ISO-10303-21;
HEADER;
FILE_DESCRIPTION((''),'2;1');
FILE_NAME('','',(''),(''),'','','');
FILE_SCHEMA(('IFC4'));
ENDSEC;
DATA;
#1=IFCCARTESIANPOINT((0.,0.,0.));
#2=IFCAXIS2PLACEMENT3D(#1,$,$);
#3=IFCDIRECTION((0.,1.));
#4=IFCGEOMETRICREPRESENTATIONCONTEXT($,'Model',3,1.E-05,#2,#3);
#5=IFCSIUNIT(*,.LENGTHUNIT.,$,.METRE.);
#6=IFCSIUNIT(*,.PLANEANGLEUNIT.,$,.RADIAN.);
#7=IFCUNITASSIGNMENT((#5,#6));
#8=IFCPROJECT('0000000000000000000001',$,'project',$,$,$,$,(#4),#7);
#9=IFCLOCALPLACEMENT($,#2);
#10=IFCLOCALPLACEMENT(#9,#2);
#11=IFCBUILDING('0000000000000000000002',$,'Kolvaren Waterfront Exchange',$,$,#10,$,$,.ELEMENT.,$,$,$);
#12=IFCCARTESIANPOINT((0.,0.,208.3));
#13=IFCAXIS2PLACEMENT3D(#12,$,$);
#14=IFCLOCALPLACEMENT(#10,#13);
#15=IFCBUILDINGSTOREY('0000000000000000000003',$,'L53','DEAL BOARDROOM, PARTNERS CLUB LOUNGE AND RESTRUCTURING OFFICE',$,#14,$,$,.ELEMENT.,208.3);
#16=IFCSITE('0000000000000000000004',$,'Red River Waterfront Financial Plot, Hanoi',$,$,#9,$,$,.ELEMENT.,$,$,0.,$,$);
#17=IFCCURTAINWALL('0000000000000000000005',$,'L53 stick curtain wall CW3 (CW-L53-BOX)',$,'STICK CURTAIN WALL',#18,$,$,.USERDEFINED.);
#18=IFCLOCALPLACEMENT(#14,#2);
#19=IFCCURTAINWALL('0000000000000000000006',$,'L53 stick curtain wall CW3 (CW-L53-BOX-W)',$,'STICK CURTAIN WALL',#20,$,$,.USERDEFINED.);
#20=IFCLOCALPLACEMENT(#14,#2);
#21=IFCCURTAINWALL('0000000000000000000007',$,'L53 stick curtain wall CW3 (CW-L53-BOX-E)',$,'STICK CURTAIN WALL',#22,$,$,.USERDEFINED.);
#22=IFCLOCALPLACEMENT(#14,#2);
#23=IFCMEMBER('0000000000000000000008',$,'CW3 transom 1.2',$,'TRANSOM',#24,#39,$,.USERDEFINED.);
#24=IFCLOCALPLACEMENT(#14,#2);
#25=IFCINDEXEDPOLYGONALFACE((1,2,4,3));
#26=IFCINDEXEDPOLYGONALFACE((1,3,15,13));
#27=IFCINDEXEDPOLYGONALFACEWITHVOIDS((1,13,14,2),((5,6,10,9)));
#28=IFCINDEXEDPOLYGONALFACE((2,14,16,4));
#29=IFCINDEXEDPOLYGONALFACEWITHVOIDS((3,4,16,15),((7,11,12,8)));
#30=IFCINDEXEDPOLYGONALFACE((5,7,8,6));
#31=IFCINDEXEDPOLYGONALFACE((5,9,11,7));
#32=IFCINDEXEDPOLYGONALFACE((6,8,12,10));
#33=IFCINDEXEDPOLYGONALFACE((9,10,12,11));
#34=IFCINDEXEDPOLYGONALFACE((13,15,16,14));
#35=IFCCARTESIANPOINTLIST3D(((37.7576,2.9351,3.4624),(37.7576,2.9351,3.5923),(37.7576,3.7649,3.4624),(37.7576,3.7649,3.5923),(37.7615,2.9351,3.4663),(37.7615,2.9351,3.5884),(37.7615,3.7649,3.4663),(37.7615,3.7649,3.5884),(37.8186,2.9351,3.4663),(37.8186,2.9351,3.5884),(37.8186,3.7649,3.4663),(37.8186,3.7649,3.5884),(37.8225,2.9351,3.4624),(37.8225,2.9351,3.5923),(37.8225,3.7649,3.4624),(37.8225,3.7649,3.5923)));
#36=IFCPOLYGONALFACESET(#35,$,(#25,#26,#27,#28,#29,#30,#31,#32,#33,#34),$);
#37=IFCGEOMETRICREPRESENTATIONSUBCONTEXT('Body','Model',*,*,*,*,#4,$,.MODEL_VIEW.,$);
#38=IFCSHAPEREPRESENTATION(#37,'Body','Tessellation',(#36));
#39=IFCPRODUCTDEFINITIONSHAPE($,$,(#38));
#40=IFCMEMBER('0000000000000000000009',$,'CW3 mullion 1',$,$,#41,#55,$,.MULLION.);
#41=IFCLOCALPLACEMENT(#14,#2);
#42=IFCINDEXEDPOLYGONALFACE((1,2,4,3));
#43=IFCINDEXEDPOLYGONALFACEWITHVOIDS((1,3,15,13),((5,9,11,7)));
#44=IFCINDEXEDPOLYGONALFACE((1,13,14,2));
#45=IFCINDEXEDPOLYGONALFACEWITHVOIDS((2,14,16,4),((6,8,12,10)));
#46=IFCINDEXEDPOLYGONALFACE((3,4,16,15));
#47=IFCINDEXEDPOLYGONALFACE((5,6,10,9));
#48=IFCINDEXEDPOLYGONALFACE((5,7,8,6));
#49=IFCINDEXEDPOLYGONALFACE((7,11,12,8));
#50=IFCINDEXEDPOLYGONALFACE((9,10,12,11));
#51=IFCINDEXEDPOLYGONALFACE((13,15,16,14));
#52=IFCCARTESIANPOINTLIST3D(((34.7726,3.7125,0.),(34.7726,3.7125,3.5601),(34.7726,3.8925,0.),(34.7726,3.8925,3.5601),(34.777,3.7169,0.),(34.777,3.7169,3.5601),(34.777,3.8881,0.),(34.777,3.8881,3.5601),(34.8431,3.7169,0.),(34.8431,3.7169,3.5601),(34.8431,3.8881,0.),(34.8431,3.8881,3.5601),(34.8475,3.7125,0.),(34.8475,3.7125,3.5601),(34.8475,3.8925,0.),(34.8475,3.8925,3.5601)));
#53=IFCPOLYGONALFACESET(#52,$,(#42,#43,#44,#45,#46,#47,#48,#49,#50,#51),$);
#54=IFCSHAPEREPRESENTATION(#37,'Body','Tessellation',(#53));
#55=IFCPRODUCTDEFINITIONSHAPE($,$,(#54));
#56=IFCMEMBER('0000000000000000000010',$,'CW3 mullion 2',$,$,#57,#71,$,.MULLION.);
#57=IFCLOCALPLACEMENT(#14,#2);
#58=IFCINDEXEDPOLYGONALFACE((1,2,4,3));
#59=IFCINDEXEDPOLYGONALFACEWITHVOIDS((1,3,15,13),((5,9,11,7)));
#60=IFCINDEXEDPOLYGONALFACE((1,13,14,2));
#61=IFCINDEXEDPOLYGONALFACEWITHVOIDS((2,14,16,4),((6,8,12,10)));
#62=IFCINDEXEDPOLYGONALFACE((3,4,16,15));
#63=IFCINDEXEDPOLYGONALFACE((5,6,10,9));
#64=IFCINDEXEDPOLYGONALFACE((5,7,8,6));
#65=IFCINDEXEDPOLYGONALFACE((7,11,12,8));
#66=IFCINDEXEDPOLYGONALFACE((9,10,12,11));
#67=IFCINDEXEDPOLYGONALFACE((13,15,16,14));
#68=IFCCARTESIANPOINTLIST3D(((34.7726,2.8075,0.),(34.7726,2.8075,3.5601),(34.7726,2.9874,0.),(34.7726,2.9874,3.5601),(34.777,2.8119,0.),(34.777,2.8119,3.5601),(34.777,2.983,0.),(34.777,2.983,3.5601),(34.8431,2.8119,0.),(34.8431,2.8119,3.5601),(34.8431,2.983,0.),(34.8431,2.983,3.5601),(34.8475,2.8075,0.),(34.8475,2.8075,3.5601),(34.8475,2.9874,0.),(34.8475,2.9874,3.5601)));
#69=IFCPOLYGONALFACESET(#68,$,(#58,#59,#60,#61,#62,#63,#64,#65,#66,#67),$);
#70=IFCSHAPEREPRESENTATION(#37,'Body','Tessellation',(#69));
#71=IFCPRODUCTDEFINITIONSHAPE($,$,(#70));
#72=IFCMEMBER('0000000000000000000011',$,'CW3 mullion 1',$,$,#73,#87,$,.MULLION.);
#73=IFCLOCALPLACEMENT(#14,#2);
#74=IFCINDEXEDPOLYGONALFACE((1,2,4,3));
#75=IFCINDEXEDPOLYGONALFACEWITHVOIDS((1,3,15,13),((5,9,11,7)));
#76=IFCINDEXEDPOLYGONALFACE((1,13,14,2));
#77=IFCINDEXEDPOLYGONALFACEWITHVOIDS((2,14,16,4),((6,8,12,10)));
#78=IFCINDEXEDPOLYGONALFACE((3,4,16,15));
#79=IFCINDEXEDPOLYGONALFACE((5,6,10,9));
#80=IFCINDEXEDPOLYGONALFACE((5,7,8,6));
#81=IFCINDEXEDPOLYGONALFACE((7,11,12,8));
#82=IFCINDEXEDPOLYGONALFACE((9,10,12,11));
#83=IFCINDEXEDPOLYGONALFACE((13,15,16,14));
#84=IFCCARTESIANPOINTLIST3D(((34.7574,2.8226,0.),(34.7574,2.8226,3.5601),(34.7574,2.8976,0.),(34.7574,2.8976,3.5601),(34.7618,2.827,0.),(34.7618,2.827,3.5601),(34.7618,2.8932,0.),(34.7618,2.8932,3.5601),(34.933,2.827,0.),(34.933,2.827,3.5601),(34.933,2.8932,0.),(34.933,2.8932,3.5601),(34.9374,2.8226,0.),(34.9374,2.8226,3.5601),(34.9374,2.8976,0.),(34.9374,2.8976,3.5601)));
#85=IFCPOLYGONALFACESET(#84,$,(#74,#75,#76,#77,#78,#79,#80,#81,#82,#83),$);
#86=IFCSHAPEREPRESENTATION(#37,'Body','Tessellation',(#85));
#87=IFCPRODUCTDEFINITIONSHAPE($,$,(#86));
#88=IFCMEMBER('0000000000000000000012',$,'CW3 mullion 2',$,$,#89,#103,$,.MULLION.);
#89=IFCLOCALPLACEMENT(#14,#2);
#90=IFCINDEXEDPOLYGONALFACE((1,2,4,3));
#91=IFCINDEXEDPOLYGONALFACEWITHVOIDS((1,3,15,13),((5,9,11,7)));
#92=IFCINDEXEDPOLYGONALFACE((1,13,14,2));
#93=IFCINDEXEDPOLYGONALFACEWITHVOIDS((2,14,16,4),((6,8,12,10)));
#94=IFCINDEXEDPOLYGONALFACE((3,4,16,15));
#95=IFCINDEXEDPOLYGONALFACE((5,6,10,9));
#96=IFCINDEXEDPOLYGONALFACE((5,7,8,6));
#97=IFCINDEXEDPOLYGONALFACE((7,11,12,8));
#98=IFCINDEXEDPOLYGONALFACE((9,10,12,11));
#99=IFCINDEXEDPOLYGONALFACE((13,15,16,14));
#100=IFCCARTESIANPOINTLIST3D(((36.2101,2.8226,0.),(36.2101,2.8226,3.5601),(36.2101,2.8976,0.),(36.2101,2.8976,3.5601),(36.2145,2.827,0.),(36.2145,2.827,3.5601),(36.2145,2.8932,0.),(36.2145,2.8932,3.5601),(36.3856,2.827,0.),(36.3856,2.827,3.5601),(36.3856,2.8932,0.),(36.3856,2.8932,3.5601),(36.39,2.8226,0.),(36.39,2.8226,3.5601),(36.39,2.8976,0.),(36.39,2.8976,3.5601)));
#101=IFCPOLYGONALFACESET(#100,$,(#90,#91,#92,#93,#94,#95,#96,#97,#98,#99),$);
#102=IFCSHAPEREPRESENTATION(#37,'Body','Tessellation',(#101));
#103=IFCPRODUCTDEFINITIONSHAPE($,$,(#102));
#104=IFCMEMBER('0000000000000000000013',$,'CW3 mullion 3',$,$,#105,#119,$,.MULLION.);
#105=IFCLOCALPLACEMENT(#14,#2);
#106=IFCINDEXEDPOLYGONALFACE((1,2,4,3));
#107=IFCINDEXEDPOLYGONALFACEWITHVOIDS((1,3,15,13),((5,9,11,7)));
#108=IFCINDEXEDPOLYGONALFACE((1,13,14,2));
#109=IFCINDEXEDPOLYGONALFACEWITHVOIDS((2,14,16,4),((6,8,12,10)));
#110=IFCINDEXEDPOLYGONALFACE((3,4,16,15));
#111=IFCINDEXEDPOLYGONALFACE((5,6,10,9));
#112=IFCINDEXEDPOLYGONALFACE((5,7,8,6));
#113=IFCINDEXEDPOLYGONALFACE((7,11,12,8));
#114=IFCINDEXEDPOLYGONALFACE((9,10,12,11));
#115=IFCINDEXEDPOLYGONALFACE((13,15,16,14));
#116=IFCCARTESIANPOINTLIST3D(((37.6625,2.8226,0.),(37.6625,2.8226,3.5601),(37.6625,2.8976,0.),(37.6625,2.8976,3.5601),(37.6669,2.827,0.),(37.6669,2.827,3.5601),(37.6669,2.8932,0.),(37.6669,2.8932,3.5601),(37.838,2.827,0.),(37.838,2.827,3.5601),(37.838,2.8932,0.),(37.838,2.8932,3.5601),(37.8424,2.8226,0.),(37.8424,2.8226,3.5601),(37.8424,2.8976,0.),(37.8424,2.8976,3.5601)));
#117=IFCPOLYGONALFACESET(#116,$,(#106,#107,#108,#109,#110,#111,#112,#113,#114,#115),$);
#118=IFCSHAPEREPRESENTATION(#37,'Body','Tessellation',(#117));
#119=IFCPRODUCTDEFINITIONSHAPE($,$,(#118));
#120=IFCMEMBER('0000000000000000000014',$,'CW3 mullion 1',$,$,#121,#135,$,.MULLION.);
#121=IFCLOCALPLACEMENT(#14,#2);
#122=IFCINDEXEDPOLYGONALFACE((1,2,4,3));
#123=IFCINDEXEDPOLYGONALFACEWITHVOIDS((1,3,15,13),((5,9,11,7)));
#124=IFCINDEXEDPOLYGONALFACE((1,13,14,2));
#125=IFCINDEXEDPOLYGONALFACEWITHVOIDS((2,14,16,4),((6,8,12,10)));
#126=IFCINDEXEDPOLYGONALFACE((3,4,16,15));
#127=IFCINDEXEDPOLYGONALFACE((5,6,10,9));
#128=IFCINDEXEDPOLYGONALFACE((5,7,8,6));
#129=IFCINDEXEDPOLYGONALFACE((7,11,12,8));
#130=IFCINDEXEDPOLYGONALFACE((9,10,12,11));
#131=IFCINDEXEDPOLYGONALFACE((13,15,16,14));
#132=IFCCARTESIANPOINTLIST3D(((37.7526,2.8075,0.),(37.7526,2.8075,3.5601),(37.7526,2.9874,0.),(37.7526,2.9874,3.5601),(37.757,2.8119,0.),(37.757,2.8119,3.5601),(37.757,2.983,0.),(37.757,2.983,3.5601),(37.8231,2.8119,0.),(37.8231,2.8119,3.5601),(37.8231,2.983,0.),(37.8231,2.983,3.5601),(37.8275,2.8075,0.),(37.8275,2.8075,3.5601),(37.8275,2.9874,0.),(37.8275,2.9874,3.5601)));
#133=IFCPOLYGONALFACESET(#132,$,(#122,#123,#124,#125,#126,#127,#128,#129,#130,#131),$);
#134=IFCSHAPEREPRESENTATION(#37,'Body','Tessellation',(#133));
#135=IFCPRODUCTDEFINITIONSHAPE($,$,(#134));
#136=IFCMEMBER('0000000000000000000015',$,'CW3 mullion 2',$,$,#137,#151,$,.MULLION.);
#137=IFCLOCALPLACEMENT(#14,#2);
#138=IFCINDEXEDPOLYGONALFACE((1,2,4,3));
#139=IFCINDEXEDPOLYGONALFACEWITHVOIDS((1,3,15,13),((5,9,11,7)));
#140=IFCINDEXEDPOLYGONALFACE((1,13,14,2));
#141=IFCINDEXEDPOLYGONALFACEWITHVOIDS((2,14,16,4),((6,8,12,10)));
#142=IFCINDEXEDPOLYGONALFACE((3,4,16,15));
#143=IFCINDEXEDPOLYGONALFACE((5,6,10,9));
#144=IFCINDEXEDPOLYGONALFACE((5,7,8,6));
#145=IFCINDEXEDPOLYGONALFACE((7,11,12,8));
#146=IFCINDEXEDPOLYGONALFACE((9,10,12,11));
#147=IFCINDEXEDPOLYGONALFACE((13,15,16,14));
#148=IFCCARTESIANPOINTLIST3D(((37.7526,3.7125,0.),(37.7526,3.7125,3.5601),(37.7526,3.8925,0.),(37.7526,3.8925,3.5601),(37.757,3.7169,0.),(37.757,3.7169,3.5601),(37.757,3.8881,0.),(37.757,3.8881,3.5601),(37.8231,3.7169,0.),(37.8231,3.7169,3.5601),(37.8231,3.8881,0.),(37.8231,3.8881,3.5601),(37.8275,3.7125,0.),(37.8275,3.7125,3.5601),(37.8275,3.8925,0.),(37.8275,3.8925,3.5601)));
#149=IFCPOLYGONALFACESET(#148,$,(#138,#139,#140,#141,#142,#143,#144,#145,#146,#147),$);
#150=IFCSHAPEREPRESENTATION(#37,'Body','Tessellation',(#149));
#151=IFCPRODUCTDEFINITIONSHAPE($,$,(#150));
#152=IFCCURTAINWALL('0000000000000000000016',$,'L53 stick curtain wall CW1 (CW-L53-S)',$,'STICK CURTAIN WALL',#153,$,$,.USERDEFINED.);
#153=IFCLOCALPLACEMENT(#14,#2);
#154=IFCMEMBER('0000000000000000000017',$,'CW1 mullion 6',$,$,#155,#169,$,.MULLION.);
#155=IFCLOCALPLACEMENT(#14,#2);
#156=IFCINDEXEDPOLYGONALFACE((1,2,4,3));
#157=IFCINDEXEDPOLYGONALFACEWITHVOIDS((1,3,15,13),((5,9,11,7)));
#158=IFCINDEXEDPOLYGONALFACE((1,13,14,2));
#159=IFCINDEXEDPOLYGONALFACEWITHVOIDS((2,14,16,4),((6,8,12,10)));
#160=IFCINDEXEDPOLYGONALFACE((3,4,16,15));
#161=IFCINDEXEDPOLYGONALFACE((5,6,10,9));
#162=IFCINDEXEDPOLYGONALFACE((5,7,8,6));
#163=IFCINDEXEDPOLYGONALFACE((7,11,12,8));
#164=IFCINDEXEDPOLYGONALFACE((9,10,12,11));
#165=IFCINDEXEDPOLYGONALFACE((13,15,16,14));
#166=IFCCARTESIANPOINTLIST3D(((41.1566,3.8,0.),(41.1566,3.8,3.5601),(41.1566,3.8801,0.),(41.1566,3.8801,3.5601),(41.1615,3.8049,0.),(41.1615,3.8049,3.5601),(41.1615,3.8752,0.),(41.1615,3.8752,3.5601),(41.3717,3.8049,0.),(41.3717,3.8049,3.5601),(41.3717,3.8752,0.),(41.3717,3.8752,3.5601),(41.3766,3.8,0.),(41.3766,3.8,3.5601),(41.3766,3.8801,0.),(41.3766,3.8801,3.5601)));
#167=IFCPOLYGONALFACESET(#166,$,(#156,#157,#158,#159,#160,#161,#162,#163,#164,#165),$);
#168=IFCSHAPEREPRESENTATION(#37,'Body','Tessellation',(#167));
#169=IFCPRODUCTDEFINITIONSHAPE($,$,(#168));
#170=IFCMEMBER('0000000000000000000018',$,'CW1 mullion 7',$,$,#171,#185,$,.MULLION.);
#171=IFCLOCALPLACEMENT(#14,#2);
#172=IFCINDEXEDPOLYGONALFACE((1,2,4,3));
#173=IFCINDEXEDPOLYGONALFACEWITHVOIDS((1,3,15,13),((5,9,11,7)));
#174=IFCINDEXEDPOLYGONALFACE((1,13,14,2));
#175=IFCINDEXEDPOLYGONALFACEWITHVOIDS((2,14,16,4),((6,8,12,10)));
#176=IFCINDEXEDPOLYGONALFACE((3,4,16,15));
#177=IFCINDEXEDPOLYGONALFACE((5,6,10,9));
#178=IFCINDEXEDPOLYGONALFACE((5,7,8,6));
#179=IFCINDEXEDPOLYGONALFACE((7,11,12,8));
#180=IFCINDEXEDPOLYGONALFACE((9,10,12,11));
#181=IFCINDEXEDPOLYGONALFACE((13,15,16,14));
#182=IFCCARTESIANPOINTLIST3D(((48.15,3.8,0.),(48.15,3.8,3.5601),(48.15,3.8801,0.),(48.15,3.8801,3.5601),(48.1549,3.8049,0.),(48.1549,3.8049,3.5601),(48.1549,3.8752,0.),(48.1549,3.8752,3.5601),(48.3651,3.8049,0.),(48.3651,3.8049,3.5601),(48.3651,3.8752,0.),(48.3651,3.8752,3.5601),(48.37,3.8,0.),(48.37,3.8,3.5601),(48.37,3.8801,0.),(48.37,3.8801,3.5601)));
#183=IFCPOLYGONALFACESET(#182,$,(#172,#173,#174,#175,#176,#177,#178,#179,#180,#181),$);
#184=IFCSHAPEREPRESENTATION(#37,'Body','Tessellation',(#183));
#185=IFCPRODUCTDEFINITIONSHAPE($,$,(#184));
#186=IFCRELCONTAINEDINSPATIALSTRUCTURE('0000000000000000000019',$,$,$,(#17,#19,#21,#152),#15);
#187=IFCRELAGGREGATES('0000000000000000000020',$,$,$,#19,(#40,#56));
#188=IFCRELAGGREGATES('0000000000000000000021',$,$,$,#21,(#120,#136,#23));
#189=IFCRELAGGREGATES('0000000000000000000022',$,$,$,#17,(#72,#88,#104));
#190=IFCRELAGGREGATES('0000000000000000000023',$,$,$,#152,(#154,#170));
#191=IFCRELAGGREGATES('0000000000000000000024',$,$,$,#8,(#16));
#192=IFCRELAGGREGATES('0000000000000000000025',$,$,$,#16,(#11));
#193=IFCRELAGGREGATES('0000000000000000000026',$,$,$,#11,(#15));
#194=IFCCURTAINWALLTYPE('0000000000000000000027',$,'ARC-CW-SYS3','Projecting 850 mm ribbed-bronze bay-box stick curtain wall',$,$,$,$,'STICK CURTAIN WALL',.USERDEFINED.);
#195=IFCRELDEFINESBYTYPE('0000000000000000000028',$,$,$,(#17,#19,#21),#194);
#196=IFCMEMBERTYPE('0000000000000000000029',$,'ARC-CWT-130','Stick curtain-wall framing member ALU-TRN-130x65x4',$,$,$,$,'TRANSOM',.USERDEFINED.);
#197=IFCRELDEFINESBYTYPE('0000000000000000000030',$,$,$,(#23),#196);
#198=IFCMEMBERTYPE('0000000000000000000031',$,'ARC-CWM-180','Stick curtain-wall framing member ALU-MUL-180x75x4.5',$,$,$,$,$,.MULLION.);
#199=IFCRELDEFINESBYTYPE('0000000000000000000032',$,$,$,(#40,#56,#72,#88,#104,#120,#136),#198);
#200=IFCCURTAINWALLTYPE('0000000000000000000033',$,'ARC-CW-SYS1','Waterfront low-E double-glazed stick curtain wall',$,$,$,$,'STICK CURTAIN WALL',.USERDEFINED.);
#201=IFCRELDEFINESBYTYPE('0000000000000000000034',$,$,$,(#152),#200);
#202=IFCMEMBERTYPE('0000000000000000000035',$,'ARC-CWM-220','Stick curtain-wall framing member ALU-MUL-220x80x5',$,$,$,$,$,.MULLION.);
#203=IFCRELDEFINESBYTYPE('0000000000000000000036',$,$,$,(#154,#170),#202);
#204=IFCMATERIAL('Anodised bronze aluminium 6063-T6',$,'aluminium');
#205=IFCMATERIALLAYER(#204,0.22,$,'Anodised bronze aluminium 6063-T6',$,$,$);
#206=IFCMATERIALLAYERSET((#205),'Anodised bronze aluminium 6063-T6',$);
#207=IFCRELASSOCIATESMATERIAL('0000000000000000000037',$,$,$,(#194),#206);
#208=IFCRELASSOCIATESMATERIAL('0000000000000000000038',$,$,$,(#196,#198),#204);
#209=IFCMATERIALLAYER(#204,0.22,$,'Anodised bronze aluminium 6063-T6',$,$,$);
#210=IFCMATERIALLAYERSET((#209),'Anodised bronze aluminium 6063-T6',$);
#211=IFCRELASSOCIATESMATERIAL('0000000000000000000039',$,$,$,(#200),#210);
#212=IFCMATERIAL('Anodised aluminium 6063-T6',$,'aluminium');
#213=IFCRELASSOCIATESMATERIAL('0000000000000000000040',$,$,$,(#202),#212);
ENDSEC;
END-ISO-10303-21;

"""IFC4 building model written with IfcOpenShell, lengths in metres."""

from ifc_helpers import new_model, si_unit, direction, frame, origin, origin_with_axes, origin_2d, place, context, subcontext, project, spatial, hollow_rectangle, extrude, source, transform, mapped, material, layer, layer_set, material_profile, profile_set, type_object, element, aggregate, save


model = new_model("IFC4")

# Units and contexts
model_context = context("Model", 3, precision=1e-05, world=origin(), true_north=direction((0.0, 1.0)))
body_context = subcontext(model_context, "Body", "Model", "MODEL_VIEW")
ifc_project = project(units=[si_unit("LENGTHUNIT", "METRE"), si_unit("PLANEANGLEUNIT", "RADIAN")], contexts=[model_context])

# Site, building, storey
site_placement = place(None, origin())
site = spatial("IfcSite", under=ifc_project, at=site_placement, Name="Red River Waterfront Financial Plot, Hanoi", CompositionType="ELEMENT", RefElevation=0.0)
building_placement = place(site_placement, origin())
building = spatial("IfcBuilding", under=site, at=building_placement, Name="Kolvaren Waterfront Exchange", CompositionType="ELEMENT")
storey_placement = place(building_placement, frame((0.0, 0.0, 208.3)))
storey = spatial("IfcBuildingStorey", under=building, at=storey_placement, Name="L53", Description="DEAL BOARDROOM, PARTNERS CLUB LOUNGE AND RESTRUCTURING OFFICE", CompositionType="ELEMENT", Elevation=208.3)

# Curtain walls, member
ifc_material_1 = material(Name="Anodised bronze aluminium 6063-T6", Category="aluminium")
ifc_layer_1 = layer(ifc_material_1, 0.22, Name="Anodised bronze aluminium 6063-T6")
ifc_layer_set_1 = layer_set([ifc_layer_1], Name="Anodised bronze aluminium 6063-T6")
curtain_wall_type_1 = type_object("IfcCurtainWallType", Name="ARC-CW-SYS3", Description="Projecting 850 mm ribbed-bronze bay-box stick curtain wall", ElementType="STICK CURTAIN WALL", PredefinedType="USERDEFINED", material=ifc_layer_set_1)
curtain_wall_1_placement = place(storey_placement, origin())
curtain_wall_1 = element("IfcCurtainWall", 1, at=curtain_wall_1_placement, inside=storey, type_object=curtain_wall_type_1, Name="L53 stick curtain wall CW3 (CW-L53-BOX)", ObjectType="STICK CURTAIN WALL", PredefinedType="USERDEFINED")
ifc_material_profile_1 = material_profile(ifc_material_1, hollow_rectangle(XDim=0.0649, YDim=0.1299, WallThickness=0.0039, at=origin_2d()), Name="ALU-TRN-130x65x4")
ifc_profile_set_1 = profile_set([ifc_material_profile_1], Name="Anodised bronze aluminium 6063-T6")
member_type_1 = type_object("IfcMemberType", Name="ARC-CWT-130", Description="Stick curtain-wall framing member ALU-TRN-130x65x4", ElementType="TRANSOM", PredefinedType="USERDEFINED", material=ifc_profile_set_1)
curtain_wall_2_placement = place(storey_placement, origin())
curtain_wall_2 = element("IfcCurtainWall", 2, at=curtain_wall_2_placement, inside=storey, type_object=curtain_wall_type_1, Name="L53 stick curtain wall CW3 (CW-L53-BOX-W)", ObjectType="STICK CURTAIN WALL", PredefinedType="USERDEFINED")
shared_shape_1 = source(origin_with_axes(), body_context, "Body", "SweptSolid", [
    extrude(hollow_rectangle(XDim=0.0649, YDim=0.1299, WallThickness=0.0039, at=origin_2d()), origin(), (0.0, 0.0, 1.0), 0.8298),
])
curtain_wall_3_placement = place(storey_placement, origin())
curtain_wall_3 = element("IfcCurtainWall", 3, at=curtain_wall_3_placement, inside=storey, type_object=curtain_wall_type_1, Name="L53 stick curtain wall CW3 (CW-L53-BOX-E)", ObjectType="STICK CURTAIN WALL", PredefinedType="USERDEFINED")
member_1_placement = place(storey_placement, frame((37.79, 2.9351, 3.5273), z_axis=(0.0, 1.0, 0.0), x_axis=(-1.0, 0.0, 0.0)))
member_1 = element("IfcMember", 4, at=member_1_placement, type_object=member_type_1, Name="CW3 transom 1.2", ObjectType="TRANSOM", PredefinedType="USERDEFINED", context=body_context, shape_type="MappedRepresentation", body=[
    mapped(shared_shape_1, transform((0.0, 0.0, 0.0), x_axis=(1.0, 0.0, 0.0), y_axis=(0.0, 1.0, 0.0), z_axis=(0.0, 0.0, 1.0), scale=1.0)),
])

# Members
ifc_material_profile_2 = material_profile(ifc_material_1, hollow_rectangle(XDim=0.075, YDim=0.1799, WallThickness=0.0044, at=origin_2d()), Name="ALU-MUL-180x75x4.5")
ifc_profile_set_2 = profile_set([ifc_material_profile_2], Name="Anodised bronze aluminium 6063-T6")
member_type_2 = type_object("IfcMemberType", Name="ARC-CWM-180", Description="Stick curtain-wall framing member ALU-MUL-180x75x4.5", PredefinedType="MULLION", material=ifc_profile_set_2)
shared_shape_2 = source(origin_with_axes(), body_context, "Body", "SweptSolid", [
    extrude(hollow_rectangle(XDim=0.075, YDim=0.1799, WallThickness=0.0044, at=origin_2d()), origin(), (0.0, 0.0, 1.0), 3.5601),
])
member_2_placement = place(storey_placement, frame((34.8101, 3.8025, 0.0), z_axis=(0.0, 0.0, 1.0), x_axis=(1.0, 0.0, 0.0)))
member_2 = element("IfcMember", 5, at=member_2_placement, type_object=member_type_2, Name="CW3 mullion 1", PredefinedType="MULLION", context=body_context, shape_type="MappedRepresentation", body=[
    mapped(shared_shape_2, transform((0.0, 0.0, 0.0), x_axis=(1.0, 0.0, 0.0), y_axis=(0.0, 1.0, 0.0), z_axis=(0.0, 0.0, 1.0), scale=1.0)),
])
member_3_placement = place(storey_placement, frame((34.8101, 2.8975, 0.0), z_axis=(0.0, 0.0, 1.0), x_axis=(1.0, 0.0, 0.0)))
member_3 = element("IfcMember", 6, at=member_3_placement, type_object=member_type_2, Name="CW3 mullion 2", PredefinedType="MULLION", context=body_context, shape_type="MappedRepresentation", body=[
    mapped(shared_shape_2, transform((0.0, 0.0, 0.0), x_axis=(1.0, 0.0, 0.0), y_axis=(0.0, 1.0, 0.0), z_axis=(0.0, 0.0, 1.0), scale=1.0)),
])
member_4_placement = place(storey_placement, frame((34.8474, 2.8601, 0.0), z_axis=(0.0, 0.0, 1.0), x_axis=(0.0, 1.0, 0.0)))
member_4 = element("IfcMember", 7, at=member_4_placement, type_object=member_type_2, Name="CW3 mullion 1", PredefinedType="MULLION", context=body_context, shape_type="MappedRepresentation", body=[
    mapped(shared_shape_2, transform((0.0, 0.0, 0.0), x_axis=(1.0, 0.0, 0.0), y_axis=(0.0, 1.0, 0.0), z_axis=(0.0, 0.0, 1.0), scale=1.0)),
])
member_5_placement = place(storey_placement, frame((36.3, 2.8601, 0.0), z_axis=(0.0, 0.0, 1.0), x_axis=(0.0, 1.0, 0.0)))
member_5 = element("IfcMember", 8, at=member_5_placement, type_object=member_type_2, Name="CW3 mullion 2", PredefinedType="MULLION", context=body_context, shape_type="MappedRepresentation", body=[
    mapped(shared_shape_2, transform((0.0, 0.0, 0.0), x_axis=(1.0, 0.0, 0.0), y_axis=(0.0, 1.0, 0.0), z_axis=(0.0, 0.0, 1.0), scale=1.0)),
])
member_6_placement = place(storey_placement, frame((37.7524, 2.8601, 0.0), z_axis=(0.0, 0.0, 1.0), x_axis=(0.0, 1.0, 0.0)))
member_6 = element("IfcMember", 9, at=member_6_placement, type_object=member_type_2, Name="CW3 mullion 3", PredefinedType="MULLION", context=body_context, shape_type="MappedRepresentation", body=[
    mapped(shared_shape_2, transform((0.0, 0.0, 0.0), x_axis=(1.0, 0.0, 0.0), y_axis=(0.0, 1.0, 0.0), z_axis=(0.0, 0.0, 1.0), scale=1.0)),
])
member_7_placement = place(storey_placement, frame((37.79, 2.8975, 0.0), z_axis=(0.0, 0.0, 1.0), x_axis=(-1.0, 0.0, 0.0)))
member_7 = element("IfcMember", 10, at=member_7_placement, type_object=member_type_2, Name="CW3 mullion 1", PredefinedType="MULLION", context=body_context, shape_type="MappedRepresentation", body=[
    mapped(shared_shape_2, transform((0.0, 0.0, 0.0), x_axis=(1.0, 0.0, 0.0), y_axis=(0.0, 1.0, 0.0), z_axis=(0.0, 0.0, 1.0), scale=1.0)),
])
member_8_placement = place(storey_placement, frame((37.79, 3.8025, 0.0), z_axis=(0.0, 0.0, 1.0), x_axis=(-1.0, 0.0, 0.0)))
member_8 = element("IfcMember", 11, at=member_8_placement, type_object=member_type_2, Name="CW3 mullion 2", PredefinedType="MULLION", context=body_context, shape_type="MappedRepresentation", body=[
    mapped(shared_shape_2, transform((0.0, 0.0, 0.0), x_axis=(1.0, 0.0, 0.0), y_axis=(0.0, 1.0, 0.0), z_axis=(0.0, 0.0, 1.0), scale=1.0)),
])

# Curtain wall, members
ifc_layer_2 = layer(ifc_material_1, 0.22, Name="Anodised bronze aluminium 6063-T6")
ifc_layer_set_2 = layer_set([ifc_layer_2], Name="Anodised bronze aluminium 6063-T6")
curtain_wall_type_2 = type_object("IfcCurtainWallType", Name="ARC-CW-SYS1", Description="Waterfront low-E double-glazed stick curtain wall", ElementType="STICK CURTAIN WALL", PredefinedType="USERDEFINED", material=ifc_layer_set_2)
curtain_wall_4_placement = place(storey_placement, origin())
curtain_wall_4 = element("IfcCurtainWall", 12, at=curtain_wall_4_placement, inside=storey, type_object=curtain_wall_type_2, Name="L53 stick curtain wall CW1 (CW-L53-S)", ObjectType="STICK CURTAIN WALL", PredefinedType="USERDEFINED")
ifc_material_2 = material(Name="Anodised aluminium 6063-T6", Category="aluminium")
ifc_material_profile_3 = material_profile(ifc_material_2, hollow_rectangle(XDim=0.0801, YDim=0.22, WallThickness=0.0049, at=origin_2d()), Name="ALU-MUL-220x80x5")
ifc_profile_set_3 = profile_set([ifc_material_profile_3], Name="Anodised aluminium 6063-T6")
member_type_3 = type_object("IfcMemberType", Name="ARC-CWM-220", Description="Stick curtain-wall framing member ALU-MUL-220x80x5", PredefinedType="MULLION", material=ifc_profile_set_3)
shared_shape_3 = source(origin_with_axes(), body_context, "Body", "SweptSolid", [
    extrude(hollow_rectangle(XDim=0.0801, YDim=0.22, WallThickness=0.0049, at=origin_2d()), origin(), (0.0, 0.0, 1.0), 3.5601),
])
member_9_placement = place(storey_placement, frame((41.2666, 3.8401, 0.0), z_axis=(0.0, 0.0, 1.0), x_axis=(0.0, 1.0, 0.0)))
member_9 = element("IfcMember", 13, at=member_9_placement, type_object=member_type_3, Name="CW1 mullion 6", PredefinedType="MULLION", context=body_context, shape_type="MappedRepresentation", body=[
    mapped(shared_shape_3, transform((0.0, 0.0, 0.0), x_axis=(1.0, 0.0, 0.0), y_axis=(0.0, 1.0, 0.0), z_axis=(0.0, 0.0, 1.0), scale=1.0)),
])
member_10_placement = place(storey_placement, frame((48.26, 3.8401, 0.0), z_axis=(0.0, 0.0, 1.0), x_axis=(0.0, 1.0, 0.0)))
member_10 = element("IfcMember", 14, at=member_10_placement, type_object=member_type_3, Name="CW1 mullion 7", PredefinedType="MULLION", context=body_context, shape_type="MappedRepresentation", body=[
    mapped(shared_shape_3, transform((0.0, 0.0, 0.0), x_axis=(1.0, 0.0, 0.0), y_axis=(0.0, 1.0, 0.0), z_axis=(0.0, 0.0, 1.0), scale=1.0)),
])

aggregate(curtain_wall_2, [member_2, member_3])
aggregate(curtain_wall_3, [member_7, member_8, member_1])
aggregate(curtain_wall_1, [member_4, member_5, member_6])
aggregate(curtain_wall_4, [member_9, member_10])

save(model, "model.ifc")
